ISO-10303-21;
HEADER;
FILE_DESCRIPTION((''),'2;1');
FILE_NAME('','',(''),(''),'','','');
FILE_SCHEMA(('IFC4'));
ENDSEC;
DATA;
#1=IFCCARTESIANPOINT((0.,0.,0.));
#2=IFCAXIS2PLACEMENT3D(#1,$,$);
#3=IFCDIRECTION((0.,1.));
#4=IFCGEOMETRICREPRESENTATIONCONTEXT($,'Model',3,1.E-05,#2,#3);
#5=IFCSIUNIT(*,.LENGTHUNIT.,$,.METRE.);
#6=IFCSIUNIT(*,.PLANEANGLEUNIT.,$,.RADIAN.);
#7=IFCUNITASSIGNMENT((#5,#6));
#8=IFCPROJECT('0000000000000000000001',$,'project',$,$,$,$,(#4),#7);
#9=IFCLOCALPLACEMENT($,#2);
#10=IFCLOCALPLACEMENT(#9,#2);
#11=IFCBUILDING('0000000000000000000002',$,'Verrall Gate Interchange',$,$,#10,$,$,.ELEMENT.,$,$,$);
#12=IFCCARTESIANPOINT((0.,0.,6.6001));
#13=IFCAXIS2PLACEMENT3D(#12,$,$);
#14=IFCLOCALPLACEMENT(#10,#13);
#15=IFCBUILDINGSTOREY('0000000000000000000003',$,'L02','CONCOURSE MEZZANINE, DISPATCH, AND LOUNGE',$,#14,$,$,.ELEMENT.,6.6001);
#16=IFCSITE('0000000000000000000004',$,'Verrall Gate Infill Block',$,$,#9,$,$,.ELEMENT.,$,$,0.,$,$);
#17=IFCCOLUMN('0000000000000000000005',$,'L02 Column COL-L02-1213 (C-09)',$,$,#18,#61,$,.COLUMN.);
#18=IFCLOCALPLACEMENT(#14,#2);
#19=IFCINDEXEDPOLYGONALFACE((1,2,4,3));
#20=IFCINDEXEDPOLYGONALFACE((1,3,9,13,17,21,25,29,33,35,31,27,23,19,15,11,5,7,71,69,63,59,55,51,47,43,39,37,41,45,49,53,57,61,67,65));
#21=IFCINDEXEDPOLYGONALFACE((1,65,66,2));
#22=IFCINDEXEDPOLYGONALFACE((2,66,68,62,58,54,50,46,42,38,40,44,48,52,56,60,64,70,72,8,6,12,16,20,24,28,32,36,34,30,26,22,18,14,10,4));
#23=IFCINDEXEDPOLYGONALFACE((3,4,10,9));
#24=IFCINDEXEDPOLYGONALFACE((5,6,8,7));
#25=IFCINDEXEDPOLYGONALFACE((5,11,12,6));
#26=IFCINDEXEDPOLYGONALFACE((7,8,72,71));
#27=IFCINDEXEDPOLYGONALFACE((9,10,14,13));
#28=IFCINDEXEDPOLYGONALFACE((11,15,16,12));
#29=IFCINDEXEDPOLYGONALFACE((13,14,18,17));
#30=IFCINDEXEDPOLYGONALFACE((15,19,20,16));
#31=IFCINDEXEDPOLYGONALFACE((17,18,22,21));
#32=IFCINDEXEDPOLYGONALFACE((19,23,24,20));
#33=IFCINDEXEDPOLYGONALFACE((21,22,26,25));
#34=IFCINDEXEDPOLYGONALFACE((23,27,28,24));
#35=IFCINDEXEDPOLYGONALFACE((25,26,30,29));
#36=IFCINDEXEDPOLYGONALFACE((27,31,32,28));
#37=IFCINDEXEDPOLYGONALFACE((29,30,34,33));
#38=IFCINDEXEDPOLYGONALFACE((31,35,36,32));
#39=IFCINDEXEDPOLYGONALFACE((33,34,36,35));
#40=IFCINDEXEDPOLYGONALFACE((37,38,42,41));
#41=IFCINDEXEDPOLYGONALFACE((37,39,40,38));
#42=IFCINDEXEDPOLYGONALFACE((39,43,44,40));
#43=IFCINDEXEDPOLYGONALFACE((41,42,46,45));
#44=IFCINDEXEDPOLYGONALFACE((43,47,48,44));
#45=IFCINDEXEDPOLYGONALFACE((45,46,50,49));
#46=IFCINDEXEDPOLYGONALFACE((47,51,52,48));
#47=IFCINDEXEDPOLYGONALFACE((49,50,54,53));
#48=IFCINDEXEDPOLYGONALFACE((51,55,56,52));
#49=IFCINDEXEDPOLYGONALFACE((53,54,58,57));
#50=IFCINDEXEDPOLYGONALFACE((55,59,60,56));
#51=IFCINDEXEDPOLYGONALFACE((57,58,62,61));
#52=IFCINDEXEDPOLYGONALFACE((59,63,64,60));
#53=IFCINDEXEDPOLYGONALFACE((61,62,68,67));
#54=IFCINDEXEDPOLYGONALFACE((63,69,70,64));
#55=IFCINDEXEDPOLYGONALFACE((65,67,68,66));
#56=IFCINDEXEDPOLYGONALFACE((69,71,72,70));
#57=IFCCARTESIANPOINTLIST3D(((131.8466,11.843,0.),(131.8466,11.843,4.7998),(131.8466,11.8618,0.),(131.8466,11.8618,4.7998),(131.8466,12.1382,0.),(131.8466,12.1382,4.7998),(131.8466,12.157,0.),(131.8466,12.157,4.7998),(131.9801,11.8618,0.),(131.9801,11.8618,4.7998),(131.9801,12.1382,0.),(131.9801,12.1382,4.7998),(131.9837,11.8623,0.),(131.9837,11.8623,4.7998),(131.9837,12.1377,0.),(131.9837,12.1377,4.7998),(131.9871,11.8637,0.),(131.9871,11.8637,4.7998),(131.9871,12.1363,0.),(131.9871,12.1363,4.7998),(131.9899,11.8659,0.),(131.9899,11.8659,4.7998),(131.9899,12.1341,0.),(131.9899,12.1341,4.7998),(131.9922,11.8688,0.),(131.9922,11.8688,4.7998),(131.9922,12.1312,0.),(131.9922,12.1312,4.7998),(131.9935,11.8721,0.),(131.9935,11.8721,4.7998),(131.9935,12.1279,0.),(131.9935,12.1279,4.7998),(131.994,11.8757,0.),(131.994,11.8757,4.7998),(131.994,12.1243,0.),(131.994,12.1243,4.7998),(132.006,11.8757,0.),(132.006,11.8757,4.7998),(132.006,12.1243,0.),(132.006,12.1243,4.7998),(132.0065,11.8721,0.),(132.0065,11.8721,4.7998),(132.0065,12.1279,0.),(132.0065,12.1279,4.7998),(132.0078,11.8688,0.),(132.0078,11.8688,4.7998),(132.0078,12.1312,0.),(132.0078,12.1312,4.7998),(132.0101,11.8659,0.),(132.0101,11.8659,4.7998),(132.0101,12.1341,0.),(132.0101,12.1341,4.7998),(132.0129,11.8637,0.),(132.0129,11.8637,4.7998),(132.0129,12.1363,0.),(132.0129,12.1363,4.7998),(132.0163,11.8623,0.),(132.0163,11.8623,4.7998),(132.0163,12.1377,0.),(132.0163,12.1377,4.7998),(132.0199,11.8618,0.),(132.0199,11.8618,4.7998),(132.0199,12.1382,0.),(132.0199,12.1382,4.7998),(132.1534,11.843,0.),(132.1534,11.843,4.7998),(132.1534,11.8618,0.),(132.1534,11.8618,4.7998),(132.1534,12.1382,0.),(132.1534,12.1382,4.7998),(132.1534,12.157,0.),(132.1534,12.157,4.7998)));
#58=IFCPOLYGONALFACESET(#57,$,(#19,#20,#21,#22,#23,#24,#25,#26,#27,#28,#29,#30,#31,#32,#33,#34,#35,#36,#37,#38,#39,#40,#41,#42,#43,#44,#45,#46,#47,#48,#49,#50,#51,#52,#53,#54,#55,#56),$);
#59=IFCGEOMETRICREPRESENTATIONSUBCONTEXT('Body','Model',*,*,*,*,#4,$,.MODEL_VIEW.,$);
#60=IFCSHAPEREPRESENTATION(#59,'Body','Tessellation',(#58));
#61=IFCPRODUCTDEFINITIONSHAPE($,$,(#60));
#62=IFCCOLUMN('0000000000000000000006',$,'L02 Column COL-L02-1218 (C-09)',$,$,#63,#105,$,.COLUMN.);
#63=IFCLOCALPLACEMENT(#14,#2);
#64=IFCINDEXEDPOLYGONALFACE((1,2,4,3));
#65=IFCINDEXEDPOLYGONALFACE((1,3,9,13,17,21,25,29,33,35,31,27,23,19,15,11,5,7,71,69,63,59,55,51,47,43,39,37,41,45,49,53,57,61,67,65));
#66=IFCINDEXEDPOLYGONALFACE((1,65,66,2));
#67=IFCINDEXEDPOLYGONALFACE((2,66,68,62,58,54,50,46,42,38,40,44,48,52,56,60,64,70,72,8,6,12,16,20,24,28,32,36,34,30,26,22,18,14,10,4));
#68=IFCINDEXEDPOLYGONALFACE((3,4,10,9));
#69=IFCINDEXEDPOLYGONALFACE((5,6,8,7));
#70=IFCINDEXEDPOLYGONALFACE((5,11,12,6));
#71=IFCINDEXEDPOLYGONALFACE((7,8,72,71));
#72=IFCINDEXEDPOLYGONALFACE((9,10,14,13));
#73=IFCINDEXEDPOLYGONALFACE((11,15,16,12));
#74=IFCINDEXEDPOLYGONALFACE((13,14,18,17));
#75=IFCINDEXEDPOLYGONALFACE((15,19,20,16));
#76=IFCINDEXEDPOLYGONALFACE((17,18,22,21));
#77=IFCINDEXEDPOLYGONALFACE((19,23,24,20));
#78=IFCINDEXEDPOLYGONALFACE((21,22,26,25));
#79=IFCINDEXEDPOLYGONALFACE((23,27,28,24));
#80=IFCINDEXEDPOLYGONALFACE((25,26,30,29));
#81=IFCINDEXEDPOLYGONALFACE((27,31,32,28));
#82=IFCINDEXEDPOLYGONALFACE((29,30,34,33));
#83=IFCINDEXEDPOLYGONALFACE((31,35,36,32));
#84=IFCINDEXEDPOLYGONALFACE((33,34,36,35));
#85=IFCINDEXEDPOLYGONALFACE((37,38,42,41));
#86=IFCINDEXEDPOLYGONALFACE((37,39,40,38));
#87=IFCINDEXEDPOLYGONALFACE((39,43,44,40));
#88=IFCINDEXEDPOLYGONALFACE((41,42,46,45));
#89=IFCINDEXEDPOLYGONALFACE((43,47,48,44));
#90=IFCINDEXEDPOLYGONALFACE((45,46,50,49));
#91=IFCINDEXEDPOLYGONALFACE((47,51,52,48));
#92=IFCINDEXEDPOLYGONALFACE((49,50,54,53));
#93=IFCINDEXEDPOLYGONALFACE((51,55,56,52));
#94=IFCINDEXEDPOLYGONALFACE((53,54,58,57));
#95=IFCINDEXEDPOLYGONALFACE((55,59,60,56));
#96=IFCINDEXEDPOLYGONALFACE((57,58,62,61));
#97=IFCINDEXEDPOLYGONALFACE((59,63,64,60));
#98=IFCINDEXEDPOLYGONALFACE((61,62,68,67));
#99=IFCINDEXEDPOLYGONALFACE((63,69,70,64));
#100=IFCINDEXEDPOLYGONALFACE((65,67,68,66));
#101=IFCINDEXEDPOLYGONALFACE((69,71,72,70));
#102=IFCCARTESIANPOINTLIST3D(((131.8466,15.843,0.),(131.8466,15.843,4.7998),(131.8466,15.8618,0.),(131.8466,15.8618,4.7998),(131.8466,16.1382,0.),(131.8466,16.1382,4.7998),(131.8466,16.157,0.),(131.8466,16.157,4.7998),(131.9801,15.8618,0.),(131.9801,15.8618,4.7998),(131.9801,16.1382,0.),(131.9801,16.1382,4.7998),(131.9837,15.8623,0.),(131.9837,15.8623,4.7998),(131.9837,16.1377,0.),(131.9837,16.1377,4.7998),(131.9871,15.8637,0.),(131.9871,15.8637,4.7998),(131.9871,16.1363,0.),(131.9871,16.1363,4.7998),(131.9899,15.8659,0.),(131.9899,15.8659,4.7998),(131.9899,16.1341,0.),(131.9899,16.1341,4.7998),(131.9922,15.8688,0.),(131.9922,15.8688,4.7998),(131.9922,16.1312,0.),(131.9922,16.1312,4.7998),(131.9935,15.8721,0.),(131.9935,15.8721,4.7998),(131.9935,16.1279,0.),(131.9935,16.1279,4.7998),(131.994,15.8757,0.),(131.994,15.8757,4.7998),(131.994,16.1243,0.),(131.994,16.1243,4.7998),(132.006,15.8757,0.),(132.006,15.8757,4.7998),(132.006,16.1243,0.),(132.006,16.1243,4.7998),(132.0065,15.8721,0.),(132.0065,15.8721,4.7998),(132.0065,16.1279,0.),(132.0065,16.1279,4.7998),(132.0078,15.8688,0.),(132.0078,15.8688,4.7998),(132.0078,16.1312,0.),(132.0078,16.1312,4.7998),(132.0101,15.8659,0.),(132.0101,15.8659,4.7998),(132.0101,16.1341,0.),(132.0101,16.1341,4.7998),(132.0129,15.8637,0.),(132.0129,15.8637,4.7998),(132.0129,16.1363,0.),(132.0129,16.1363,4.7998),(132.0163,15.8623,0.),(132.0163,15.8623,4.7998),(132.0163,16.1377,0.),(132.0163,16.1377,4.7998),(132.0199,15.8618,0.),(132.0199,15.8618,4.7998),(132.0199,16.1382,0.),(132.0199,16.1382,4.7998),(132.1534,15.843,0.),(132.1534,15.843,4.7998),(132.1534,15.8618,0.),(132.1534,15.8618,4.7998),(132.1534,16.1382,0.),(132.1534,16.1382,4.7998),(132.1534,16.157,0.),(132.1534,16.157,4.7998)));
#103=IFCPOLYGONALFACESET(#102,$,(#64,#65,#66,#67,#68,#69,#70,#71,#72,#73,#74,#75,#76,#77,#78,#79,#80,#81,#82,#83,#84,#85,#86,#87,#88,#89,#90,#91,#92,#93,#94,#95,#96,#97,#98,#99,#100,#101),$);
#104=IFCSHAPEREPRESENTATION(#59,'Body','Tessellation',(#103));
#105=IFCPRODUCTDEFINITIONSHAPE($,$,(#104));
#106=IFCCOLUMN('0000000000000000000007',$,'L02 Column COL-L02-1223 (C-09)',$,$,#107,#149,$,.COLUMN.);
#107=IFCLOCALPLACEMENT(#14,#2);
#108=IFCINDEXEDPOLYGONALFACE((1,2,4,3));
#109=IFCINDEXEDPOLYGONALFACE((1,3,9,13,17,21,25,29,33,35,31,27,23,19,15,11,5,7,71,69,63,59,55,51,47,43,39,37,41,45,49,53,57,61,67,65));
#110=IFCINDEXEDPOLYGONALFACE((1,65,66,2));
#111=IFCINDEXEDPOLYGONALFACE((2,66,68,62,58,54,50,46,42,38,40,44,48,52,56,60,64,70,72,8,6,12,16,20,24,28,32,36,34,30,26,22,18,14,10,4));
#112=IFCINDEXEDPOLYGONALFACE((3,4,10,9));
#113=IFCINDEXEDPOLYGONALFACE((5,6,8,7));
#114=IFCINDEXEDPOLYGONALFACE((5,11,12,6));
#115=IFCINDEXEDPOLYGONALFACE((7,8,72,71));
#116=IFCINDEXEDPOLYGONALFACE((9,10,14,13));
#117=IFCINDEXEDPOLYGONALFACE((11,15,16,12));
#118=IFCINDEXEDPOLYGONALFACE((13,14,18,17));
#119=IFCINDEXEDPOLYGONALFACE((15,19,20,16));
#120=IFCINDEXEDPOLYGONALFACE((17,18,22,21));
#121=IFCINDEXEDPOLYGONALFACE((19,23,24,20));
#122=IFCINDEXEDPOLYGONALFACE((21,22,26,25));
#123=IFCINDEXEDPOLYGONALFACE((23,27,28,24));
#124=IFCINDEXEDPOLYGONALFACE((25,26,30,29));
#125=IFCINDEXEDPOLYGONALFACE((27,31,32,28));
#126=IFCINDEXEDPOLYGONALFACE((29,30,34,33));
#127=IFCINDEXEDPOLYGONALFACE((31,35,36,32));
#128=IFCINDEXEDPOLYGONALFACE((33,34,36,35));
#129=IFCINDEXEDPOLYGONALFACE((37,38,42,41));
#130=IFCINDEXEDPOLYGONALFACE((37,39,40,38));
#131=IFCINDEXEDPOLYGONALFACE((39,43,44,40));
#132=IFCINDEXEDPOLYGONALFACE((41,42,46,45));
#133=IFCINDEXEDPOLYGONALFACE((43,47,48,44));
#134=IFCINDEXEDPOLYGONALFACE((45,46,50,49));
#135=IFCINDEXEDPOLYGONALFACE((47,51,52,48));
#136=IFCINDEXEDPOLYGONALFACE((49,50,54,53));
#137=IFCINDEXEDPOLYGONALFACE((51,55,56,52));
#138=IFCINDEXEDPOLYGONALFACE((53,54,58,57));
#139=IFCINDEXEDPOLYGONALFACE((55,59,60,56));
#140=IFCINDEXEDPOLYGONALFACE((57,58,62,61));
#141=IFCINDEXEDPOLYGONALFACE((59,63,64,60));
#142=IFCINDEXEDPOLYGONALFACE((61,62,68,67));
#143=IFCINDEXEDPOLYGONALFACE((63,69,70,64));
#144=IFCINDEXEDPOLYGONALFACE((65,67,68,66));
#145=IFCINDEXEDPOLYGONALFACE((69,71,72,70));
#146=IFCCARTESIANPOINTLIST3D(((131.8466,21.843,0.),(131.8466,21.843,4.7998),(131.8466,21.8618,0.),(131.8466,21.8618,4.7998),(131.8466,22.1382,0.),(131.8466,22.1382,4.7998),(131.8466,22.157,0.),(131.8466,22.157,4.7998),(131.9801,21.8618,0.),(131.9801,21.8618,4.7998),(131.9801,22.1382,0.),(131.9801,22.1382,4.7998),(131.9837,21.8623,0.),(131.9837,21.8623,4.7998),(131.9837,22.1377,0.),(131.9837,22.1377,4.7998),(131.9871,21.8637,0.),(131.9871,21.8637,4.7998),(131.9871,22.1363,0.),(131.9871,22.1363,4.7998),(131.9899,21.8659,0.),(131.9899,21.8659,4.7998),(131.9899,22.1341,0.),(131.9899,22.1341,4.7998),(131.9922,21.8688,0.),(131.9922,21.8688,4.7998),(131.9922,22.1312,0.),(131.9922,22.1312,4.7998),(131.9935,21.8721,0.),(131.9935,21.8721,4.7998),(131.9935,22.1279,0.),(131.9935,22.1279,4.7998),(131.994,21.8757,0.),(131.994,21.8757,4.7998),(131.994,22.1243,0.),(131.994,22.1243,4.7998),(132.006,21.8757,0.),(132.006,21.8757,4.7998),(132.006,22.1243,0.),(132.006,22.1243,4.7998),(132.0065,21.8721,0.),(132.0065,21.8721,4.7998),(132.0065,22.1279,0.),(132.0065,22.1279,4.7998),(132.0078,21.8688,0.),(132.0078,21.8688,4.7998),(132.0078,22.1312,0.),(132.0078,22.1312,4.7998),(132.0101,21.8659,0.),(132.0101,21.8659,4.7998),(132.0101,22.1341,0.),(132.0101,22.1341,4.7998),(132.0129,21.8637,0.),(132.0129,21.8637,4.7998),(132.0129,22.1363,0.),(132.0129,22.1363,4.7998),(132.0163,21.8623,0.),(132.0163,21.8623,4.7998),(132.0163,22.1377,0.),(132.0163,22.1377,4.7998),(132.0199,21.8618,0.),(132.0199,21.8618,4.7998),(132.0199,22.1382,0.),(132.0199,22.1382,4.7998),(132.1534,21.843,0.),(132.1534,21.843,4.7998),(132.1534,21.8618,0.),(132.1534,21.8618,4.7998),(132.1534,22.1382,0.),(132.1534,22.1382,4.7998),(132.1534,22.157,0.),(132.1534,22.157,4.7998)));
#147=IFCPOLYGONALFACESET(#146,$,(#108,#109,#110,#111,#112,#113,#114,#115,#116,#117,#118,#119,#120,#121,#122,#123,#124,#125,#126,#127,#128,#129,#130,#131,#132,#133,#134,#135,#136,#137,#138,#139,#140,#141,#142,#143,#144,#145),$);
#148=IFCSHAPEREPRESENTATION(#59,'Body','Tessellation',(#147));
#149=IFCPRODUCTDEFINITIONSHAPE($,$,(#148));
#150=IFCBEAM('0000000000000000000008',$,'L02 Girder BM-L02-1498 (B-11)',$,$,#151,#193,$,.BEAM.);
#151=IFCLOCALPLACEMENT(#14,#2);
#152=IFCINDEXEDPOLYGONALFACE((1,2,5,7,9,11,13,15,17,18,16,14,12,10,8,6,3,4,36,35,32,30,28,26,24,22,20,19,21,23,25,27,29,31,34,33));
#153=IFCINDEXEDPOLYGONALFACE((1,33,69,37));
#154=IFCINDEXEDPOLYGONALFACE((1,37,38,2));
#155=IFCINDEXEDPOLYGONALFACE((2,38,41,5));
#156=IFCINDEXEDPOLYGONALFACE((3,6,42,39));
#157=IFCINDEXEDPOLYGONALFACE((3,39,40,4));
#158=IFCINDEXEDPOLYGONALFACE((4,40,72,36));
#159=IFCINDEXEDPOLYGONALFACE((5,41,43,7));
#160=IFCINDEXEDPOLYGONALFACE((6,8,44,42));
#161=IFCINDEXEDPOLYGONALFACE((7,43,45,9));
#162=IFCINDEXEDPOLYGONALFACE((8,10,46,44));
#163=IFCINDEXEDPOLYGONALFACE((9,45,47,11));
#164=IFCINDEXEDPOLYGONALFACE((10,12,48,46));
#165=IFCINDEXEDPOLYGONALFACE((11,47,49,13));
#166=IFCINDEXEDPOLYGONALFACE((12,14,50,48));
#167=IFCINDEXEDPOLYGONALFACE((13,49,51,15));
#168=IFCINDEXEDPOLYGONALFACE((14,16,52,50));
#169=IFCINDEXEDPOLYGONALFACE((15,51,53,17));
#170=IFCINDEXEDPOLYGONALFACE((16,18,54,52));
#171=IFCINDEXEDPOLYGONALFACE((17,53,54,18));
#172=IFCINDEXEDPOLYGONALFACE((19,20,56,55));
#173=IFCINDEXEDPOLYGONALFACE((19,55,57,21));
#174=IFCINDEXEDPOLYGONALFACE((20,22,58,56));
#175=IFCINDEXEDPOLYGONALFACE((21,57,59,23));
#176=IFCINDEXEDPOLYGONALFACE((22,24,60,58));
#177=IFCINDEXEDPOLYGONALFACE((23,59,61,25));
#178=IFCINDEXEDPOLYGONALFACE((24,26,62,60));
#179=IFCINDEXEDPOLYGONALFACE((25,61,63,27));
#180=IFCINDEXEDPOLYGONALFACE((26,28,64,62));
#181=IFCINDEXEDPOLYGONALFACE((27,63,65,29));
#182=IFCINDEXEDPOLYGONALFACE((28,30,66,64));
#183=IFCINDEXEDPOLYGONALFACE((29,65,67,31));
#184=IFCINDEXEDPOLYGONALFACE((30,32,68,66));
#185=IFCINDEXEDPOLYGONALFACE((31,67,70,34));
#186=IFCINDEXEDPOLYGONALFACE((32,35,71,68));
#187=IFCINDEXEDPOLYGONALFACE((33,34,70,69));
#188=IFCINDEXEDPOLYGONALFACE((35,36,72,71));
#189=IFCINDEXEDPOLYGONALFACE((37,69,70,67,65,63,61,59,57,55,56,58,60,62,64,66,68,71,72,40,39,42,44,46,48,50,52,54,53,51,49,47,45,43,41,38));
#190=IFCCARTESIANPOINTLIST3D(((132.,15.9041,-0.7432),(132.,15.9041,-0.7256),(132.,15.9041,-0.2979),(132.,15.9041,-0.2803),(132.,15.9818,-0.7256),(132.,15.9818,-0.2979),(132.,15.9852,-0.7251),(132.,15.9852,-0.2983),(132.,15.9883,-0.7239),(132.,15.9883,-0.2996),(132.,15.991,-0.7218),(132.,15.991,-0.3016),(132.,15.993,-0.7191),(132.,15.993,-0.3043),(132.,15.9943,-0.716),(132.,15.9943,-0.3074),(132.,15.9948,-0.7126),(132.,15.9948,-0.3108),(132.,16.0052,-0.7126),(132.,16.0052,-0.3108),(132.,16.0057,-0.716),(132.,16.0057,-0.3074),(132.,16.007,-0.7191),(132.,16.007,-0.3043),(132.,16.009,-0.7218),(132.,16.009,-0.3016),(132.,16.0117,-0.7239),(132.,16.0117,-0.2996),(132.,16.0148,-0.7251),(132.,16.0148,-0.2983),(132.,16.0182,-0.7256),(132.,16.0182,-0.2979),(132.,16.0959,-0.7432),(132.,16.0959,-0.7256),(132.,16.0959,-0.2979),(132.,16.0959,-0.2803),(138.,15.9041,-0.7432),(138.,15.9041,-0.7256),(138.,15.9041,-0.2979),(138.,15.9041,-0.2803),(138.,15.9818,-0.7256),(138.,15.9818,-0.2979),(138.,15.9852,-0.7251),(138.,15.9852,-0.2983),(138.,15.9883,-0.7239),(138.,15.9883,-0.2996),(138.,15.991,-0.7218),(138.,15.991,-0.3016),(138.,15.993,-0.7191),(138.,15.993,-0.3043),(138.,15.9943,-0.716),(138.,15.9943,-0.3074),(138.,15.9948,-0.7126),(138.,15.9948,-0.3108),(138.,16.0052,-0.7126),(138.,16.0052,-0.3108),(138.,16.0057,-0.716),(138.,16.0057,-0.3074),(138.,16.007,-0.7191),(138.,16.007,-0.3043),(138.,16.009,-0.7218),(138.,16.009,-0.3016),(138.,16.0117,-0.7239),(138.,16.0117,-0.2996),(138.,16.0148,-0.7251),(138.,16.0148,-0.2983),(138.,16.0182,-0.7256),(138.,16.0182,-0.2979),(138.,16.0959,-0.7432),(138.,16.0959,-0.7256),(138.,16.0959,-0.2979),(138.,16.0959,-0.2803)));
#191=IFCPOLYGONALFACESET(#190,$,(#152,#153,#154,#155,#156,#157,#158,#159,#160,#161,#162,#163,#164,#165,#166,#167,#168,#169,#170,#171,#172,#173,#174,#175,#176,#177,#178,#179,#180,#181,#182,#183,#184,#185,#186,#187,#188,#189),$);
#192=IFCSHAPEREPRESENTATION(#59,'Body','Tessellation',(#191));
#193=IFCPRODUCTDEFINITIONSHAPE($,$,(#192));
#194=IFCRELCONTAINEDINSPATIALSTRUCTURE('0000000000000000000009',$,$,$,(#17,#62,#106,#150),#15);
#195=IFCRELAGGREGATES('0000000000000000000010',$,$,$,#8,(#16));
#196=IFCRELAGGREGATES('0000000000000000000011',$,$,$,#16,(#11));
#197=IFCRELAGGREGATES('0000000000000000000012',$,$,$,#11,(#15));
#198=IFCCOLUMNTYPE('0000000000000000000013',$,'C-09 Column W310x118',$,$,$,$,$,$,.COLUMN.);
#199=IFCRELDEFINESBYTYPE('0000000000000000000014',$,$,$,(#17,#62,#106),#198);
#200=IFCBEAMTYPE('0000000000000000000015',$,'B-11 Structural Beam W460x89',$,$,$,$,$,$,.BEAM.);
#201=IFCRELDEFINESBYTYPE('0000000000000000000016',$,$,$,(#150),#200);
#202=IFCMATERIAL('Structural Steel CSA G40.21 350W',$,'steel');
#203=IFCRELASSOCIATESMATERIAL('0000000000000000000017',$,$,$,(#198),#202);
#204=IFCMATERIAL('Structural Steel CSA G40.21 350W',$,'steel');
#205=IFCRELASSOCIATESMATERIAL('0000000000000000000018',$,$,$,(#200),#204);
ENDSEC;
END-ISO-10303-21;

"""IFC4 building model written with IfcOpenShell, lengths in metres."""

from ifc_helpers import new_model, si_unit, direction, frame, origin, origin_2d, place, context, subcontext, project, spatial, i_section, extrude, material, material_profile, profile_set, type_object, element, save


model = new_model("IFC4")

# Units and contexts
model_context = context("Model", 3, precision=1e-05, world=origin(), true_north=direction((0.0, 1.0)))
body_context = subcontext(model_context, "Body", "Model", "MODEL_VIEW")
ifc_project = project(units=[si_unit("LENGTHUNIT", "METRE"), si_unit("PLANEANGLEUNIT", "RADIAN")], contexts=[model_context])

# Site, building, storey
site_placement = place(None, origin())
site = spatial("IfcSite", under=ifc_project, at=site_placement, Name="Verrall Gate Infill Block", CompositionType="ELEMENT", RefElevation=0.0)
building_placement = place(site_placement, origin())
building = spatial("IfcBuilding", under=site, at=building_placement, Name="Verrall Gate Interchange", CompositionType="ELEMENT")
storey_placement = place(building_placement, frame((0.0, 0.0, 6.6001)))
storey = spatial("IfcBuildingStorey", under=building, at=storey_placement, Name="L02", Description="CONCOURSE MEZZANINE, DISPATCH, AND LOUNGE", CompositionType="ELEMENT", Elevation=6.6001)

# Columns
ifc_material_1 = material(Name="Structural Steel CSA G40.21 350W", Category="steel")
ifc_material_profile_1 = material_profile(ifc_material_1, i_section(OverallWidth=0.3069, OverallDepth=0.314, WebThickness=0.012, FlangeThickness=0.0188, FilletRadius=0.0139, at=origin_2d()), Name="W310x118")
ifc_profile_set_1 = profile_set([ifc_material_profile_1], Name="Structural Steel CSA G40.21 350W")
column_type = type_object("IfcColumnType", Name="C-09 Column W310x118", PredefinedType="COLUMN", material=ifc_profile_set_1)
for number, where, z_axis, x_axis, name in (
    (1, (132.0, 12.0, 0.0), (0.0, 0.0, 1.0), (1.0, 0.0, 0.0), "L02 Column COL-L02-1213 (C-09)"),
    (2, (132.0, 16.0, 0.0), (0.0, 0.0, 1.0), (1.0, 0.0, 0.0), "L02 Column COL-L02-1218 (C-09)"),
    (3, (132.0, 22.0, 0.0), (0.0, 0.0, 1.0), (1.0, 0.0, 0.0), "L02 Column COL-L02-1223 (C-09)"),
):
    element("IfcColumn", number, at=place(storey_placement, frame(where, z_axis=z_axis, x_axis=x_axis)), inside=storey, type_object=column_type, Name=name, PredefinedType="COLUMN", context=body_context, shape_type="SweptSolid", body=[
        extrude(i_section(OverallWidth=0.3069, OverallDepth=0.314, WebThickness=0.012, FlangeThickness=0.0188, FilletRadius=0.0139, at=origin_2d()), origin(), (0.0, 0.0, 1.0), 4.7998),
    ])

# Beam
ifc_material_2 = material(Name="Structural Steel CSA G40.21 350W", Category="steel")
ifc_material_profile_2 = material_profile(ifc_material_2, i_section(OverallWidth=0.1919, OverallDepth=0.4629, WebThickness=0.0105, FlangeThickness=0.0176, FilletRadius=0.0129, at=origin_2d()), Name="W460x89")
ifc_profile_set_2 = profile_set([ifc_material_profile_2], Name="Structural Steel CSA G40.21 350W")
beam_type_1 = type_object("IfcBeamType", Name="B-11 Structural Beam W460x89", PredefinedType="BEAM", material=ifc_profile_set_2)
for number, where, z_axis, x_axis, name in (
    (4, (132.0, 16.0, -0.5117), (1.0, 0.0, 0.0), (0.0, 1.0, 0.0), "L02 Girder BM-L02-1498 (B-11)"),
):
    element("IfcBeam", number, at=place(storey_placement, frame(where, z_axis=z_axis, x_axis=x_axis)), inside=storey, type_object=beam_type_1, Name=name, PredefinedType="BEAM", context=body_context, shape_type="SweptSolid", body=[
        extrude(i_section(OverallWidth=0.1919, OverallDepth=0.4629, WebThickness=0.0105, FlangeThickness=0.0176, FilletRadius=0.0129, at=origin_2d()), origin(), (0.0, 0.0, 1.0), 6.0),
    ])

save(model, "model.ifc")
